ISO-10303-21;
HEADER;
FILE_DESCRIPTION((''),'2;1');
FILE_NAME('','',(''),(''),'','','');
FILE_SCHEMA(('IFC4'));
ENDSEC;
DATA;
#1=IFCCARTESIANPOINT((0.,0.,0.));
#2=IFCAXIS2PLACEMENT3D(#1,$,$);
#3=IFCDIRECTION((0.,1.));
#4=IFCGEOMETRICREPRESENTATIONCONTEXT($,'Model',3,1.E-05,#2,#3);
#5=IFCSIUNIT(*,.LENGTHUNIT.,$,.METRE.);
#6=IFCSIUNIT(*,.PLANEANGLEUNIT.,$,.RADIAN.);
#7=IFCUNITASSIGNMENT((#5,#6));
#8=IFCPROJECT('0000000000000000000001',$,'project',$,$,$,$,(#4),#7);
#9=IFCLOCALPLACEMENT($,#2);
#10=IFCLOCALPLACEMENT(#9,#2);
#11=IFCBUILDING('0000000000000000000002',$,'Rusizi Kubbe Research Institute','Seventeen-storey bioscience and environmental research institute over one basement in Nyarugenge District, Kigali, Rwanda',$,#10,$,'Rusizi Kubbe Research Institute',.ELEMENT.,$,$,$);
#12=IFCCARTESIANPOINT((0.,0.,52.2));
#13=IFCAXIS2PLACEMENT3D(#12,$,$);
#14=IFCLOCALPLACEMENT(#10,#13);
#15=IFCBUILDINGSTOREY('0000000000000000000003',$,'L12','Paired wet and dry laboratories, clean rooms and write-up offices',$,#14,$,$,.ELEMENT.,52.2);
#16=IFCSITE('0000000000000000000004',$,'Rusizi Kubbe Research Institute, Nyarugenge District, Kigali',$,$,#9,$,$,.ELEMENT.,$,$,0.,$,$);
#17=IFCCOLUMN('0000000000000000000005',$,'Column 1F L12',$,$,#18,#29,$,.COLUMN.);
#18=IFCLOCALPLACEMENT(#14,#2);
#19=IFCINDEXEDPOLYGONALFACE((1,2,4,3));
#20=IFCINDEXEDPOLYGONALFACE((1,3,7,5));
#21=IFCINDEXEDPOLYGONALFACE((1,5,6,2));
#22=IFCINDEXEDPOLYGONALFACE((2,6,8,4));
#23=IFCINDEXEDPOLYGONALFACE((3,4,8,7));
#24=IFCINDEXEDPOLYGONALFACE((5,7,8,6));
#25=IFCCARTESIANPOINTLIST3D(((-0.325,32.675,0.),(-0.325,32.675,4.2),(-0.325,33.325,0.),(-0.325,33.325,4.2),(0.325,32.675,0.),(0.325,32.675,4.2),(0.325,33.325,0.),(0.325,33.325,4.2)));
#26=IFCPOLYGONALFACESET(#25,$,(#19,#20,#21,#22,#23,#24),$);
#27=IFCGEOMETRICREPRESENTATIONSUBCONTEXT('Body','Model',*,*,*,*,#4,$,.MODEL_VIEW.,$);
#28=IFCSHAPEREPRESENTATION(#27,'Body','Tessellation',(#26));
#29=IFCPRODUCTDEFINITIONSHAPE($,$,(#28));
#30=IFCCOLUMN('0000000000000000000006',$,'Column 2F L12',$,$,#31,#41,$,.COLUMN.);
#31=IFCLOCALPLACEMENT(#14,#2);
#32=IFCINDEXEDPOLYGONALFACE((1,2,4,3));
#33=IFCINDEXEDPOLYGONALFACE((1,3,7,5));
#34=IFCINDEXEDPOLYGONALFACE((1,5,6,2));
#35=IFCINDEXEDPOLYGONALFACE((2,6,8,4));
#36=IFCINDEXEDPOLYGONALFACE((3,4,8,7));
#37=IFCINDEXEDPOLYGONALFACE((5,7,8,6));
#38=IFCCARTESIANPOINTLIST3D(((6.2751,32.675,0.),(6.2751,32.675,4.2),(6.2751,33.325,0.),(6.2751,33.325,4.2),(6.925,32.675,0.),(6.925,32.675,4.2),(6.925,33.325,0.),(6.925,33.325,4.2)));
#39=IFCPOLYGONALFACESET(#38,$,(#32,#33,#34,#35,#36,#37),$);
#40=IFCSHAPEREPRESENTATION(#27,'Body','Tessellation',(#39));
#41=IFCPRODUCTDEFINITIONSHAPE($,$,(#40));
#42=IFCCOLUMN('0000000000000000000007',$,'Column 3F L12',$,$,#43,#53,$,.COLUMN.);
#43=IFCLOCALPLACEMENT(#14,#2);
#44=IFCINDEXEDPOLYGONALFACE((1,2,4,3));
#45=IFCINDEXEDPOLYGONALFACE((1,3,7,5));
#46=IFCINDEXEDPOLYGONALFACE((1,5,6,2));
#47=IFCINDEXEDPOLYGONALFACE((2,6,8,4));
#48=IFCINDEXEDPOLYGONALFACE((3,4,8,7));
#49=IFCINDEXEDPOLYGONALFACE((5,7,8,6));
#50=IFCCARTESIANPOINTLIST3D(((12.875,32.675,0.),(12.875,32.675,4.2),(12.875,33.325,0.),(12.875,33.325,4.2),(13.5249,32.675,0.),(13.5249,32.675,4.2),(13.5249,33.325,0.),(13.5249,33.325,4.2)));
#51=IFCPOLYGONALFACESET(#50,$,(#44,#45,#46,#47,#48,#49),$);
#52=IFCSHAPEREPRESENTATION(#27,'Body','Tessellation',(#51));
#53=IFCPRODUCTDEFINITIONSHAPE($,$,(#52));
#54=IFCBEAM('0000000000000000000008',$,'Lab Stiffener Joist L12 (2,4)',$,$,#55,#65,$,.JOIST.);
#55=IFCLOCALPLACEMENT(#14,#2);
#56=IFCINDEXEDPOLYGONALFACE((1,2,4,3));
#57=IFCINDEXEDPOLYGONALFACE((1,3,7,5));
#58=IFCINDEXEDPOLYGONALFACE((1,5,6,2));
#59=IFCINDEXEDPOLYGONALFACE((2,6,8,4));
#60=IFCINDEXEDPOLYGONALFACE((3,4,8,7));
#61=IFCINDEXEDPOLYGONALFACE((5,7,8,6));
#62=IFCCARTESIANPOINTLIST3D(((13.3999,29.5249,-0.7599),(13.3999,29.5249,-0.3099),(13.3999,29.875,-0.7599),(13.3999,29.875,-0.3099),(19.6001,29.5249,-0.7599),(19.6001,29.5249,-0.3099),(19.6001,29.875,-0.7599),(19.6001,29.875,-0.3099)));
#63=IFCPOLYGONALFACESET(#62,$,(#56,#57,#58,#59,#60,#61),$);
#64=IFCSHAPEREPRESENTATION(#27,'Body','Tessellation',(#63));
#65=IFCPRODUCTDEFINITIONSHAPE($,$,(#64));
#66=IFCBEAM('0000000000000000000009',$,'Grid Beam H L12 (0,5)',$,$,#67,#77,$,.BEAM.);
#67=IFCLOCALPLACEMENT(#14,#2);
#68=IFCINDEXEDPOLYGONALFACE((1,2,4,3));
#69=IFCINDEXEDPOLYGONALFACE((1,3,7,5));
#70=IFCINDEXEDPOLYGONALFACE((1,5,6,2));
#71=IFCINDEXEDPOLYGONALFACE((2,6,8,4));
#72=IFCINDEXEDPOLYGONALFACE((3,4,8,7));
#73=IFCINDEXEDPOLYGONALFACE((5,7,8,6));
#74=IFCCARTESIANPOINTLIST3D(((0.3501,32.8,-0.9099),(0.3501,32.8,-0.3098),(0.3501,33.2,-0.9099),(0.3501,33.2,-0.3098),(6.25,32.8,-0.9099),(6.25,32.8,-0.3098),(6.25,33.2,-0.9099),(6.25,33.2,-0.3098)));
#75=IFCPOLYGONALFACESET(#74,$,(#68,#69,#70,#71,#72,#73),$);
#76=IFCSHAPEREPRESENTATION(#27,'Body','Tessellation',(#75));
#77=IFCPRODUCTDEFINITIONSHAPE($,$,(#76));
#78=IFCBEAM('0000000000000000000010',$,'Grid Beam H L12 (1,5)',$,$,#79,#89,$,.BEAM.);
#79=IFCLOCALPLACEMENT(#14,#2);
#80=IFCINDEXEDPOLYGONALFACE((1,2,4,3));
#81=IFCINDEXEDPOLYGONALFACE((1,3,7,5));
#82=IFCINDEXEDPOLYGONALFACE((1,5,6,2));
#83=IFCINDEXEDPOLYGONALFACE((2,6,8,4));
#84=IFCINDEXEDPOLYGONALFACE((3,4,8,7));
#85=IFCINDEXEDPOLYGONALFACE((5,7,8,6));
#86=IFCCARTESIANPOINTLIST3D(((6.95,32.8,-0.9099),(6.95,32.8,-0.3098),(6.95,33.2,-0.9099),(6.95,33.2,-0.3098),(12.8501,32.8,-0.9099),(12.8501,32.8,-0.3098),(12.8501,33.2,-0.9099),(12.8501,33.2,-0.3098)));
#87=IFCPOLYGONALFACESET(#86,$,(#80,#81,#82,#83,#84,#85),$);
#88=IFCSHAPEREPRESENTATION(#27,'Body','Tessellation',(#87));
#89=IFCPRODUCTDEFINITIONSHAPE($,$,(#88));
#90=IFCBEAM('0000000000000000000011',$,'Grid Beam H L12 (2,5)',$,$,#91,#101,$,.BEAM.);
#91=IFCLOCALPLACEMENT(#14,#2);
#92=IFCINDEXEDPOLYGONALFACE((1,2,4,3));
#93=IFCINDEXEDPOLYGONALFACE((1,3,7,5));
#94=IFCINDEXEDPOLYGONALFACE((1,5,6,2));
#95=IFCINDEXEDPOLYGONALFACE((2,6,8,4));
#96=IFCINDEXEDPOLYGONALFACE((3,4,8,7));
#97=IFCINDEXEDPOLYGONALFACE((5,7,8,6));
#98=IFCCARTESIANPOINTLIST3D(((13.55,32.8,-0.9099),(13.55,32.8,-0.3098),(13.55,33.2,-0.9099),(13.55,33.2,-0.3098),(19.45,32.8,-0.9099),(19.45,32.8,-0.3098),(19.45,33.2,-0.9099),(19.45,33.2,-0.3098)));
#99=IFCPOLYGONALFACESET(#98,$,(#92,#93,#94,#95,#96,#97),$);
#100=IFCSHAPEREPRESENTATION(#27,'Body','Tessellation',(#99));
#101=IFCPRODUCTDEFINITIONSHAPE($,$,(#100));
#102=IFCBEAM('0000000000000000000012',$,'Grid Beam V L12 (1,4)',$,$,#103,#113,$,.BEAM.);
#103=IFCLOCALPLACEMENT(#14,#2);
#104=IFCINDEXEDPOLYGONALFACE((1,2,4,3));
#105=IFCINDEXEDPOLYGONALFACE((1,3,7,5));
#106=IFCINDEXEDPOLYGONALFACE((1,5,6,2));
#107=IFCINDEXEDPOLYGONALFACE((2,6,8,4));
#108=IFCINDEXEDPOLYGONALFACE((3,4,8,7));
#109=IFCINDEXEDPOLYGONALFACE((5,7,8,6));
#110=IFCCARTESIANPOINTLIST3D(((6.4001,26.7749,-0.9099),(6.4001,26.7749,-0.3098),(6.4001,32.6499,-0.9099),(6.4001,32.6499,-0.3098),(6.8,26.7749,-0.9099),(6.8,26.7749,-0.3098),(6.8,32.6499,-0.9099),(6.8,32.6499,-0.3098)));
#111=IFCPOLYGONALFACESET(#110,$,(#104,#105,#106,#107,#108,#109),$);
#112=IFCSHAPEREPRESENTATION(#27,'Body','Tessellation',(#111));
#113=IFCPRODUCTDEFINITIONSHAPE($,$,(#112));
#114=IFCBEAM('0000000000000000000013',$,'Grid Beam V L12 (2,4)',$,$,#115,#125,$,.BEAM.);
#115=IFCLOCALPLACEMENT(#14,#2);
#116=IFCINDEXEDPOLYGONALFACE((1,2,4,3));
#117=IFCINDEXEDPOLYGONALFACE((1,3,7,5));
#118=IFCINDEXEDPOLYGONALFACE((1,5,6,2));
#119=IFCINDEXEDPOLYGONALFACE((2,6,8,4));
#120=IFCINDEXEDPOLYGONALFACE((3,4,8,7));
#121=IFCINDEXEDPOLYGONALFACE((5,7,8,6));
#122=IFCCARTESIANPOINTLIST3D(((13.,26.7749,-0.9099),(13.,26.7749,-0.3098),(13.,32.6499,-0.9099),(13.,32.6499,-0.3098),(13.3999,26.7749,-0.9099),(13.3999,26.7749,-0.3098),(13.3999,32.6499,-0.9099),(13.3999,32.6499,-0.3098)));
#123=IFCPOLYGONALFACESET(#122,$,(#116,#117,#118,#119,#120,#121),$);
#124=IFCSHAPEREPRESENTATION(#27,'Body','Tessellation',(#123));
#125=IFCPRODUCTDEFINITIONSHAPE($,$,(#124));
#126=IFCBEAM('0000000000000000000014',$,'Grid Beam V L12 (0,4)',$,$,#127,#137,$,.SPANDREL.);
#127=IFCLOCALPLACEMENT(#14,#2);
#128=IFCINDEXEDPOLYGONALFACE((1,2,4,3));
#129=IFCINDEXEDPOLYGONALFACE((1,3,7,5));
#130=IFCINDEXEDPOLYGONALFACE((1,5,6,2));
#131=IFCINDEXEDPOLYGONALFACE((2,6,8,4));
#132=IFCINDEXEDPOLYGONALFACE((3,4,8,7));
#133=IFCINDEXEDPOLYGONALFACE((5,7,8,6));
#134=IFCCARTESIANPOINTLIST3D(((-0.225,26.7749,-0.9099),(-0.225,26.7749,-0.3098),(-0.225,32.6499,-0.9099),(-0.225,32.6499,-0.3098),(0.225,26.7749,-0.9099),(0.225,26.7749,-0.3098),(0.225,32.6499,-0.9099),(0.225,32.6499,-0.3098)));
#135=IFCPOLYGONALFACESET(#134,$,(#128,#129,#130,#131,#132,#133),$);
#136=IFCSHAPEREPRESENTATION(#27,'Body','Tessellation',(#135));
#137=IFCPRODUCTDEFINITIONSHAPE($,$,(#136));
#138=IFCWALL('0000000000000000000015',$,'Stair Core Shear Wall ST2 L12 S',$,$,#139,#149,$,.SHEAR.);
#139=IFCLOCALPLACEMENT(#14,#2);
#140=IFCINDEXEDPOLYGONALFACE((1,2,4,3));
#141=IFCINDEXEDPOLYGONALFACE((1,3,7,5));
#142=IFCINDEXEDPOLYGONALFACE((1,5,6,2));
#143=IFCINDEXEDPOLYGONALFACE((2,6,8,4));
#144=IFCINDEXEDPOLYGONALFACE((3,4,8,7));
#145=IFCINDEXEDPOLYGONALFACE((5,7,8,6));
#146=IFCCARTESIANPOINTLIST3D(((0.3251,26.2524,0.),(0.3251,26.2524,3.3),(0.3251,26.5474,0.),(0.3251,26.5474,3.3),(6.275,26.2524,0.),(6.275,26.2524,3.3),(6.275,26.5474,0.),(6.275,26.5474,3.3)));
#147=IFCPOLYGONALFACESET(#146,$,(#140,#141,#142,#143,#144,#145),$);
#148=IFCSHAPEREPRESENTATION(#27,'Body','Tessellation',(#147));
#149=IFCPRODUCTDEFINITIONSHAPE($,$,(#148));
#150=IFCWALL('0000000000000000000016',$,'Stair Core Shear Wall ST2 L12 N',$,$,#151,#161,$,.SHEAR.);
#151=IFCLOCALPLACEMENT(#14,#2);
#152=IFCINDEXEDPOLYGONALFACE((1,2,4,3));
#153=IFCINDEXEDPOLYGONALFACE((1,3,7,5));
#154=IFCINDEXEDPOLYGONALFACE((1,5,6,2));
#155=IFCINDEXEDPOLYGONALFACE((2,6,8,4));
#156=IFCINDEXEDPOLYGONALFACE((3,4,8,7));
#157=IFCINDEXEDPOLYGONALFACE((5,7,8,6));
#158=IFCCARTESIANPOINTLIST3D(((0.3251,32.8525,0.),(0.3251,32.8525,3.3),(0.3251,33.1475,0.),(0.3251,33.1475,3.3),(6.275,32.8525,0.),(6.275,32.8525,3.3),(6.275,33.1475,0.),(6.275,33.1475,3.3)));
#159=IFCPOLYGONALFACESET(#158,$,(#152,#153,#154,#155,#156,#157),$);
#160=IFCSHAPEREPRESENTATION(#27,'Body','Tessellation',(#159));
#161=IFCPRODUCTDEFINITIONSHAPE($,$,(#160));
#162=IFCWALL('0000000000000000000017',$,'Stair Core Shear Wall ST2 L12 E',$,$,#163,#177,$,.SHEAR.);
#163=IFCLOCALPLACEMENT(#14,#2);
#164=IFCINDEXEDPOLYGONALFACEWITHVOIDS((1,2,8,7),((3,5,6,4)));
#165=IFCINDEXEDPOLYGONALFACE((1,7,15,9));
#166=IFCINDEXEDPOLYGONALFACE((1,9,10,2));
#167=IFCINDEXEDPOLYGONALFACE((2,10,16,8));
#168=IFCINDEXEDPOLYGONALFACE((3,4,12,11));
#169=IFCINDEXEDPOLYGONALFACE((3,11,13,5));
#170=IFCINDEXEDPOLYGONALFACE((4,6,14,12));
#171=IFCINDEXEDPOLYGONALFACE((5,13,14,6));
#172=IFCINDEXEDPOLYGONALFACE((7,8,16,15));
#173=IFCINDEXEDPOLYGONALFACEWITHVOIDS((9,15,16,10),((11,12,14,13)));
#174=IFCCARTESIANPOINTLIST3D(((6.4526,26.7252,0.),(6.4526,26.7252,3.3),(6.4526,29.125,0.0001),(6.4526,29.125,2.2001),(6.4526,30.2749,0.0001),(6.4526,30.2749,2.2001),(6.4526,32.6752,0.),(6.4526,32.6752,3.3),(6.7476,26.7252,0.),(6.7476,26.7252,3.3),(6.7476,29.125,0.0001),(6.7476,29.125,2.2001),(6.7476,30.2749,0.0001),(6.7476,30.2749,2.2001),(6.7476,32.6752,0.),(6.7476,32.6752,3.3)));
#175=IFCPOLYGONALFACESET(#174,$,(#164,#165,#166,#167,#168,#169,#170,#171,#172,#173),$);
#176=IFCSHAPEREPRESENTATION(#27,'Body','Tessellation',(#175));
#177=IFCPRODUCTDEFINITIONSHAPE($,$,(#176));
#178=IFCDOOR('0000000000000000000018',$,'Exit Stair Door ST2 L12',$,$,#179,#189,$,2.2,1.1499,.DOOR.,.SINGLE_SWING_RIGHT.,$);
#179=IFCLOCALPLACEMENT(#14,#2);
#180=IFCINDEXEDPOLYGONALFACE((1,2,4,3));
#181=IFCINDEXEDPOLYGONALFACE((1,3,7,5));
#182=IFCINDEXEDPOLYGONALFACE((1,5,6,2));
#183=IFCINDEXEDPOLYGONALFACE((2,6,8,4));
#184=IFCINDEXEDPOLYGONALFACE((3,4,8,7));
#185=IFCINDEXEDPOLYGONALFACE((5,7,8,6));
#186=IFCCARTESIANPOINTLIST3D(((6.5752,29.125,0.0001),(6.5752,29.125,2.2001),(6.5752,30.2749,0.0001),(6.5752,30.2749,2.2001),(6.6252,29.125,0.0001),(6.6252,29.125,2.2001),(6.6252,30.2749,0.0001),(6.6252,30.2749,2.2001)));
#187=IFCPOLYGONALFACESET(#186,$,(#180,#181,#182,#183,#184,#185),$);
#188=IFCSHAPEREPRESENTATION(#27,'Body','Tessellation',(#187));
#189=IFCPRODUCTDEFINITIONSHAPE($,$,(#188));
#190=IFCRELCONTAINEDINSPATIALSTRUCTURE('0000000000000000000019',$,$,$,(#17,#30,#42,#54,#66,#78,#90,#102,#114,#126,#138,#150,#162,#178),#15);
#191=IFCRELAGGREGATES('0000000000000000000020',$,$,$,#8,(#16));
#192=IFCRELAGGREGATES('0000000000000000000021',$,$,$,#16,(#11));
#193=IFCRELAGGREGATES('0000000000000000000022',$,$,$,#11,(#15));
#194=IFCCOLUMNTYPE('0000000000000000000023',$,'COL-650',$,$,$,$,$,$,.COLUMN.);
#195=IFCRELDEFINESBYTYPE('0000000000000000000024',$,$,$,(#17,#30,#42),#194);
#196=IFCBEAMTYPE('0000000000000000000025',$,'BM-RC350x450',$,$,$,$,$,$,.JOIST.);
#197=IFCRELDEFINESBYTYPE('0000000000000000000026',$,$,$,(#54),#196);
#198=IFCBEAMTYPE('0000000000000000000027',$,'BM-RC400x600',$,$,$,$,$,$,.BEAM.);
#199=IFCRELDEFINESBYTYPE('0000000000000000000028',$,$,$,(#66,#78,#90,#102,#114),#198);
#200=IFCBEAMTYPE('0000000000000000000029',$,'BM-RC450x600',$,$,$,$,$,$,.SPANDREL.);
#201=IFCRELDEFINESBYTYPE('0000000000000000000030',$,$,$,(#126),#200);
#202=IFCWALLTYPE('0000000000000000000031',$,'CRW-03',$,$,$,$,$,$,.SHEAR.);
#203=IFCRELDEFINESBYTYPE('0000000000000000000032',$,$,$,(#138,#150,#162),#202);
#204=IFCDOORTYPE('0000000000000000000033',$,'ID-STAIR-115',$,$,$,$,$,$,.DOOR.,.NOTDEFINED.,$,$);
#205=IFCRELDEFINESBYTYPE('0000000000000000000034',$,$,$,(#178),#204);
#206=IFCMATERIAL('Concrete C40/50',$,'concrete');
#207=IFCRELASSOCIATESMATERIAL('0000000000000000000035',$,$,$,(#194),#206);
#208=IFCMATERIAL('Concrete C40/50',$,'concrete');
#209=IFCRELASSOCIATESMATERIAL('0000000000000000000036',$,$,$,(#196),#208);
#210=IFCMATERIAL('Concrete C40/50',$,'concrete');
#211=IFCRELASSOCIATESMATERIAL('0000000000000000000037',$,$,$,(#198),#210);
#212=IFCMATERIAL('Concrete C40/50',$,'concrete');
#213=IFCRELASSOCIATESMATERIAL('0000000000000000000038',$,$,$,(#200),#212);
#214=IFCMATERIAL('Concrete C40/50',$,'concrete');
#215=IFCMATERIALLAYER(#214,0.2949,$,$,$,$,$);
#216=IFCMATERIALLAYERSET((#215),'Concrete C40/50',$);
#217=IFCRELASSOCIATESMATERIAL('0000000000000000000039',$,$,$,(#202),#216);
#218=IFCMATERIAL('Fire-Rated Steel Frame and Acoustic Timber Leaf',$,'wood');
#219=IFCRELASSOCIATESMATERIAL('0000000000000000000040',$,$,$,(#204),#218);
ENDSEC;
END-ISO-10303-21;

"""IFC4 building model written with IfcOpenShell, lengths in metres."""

from ifc_helpers import new_model, si_unit, direction, frame, frame_2d, origin, origin_2d, place, context, subcontext, project, spatial, rectangle, extrude, material, layer, layer_set, material_profile, profile_set, type_object, element, fill, save


model = new_model("IFC4")

# Units and contexts
model_context = context("Model", 3, precision=1e-05, world=origin(), true_north=direction((0.0, 1.0)))
body_context = subcontext(model_context, "Body", "Model", "MODEL_VIEW")
ifc_project = project(units=[si_unit("LENGTHUNIT", "METRE"), si_unit("PLANEANGLEUNIT", "RADIAN")], contexts=[model_context])

# Site, building, storey
site_placement = place(None, origin())
site = spatial("IfcSite", under=ifc_project, at=site_placement, Name="Rusizi Kubbe Research Institute, Nyarugenge District, Kigali", CompositionType="ELEMENT", RefElevation=0.0)
building_placement = place(site_placement, origin())
building = spatial("IfcBuilding", under=site, at=building_placement, Name="Rusizi Kubbe Research Institute", Description="Seventeen-storey bioscience and environmental research institute over one basement in Nyarugenge District, Kigali, Rwanda", LongName="Rusizi Kubbe Research Institute", CompositionType="ELEMENT")
storey_placement = place(building_placement, frame((0.0, 0.0, 52.2)))
storey = spatial("IfcBuildingStorey", under=building, at=storey_placement, Name="L12", Description="Paired wet and dry laboratories, clean rooms and write-up offices", CompositionType="ELEMENT", Elevation=52.2)

# Columns
ifc_material_1 = material(Name="Concrete C40/50", Category="concrete")
ifc_material_profile_1 = material_profile(ifc_material_1, rectangle(XDim=0.6499, YDim=0.6499, at=origin_2d()), Name="RC650x650")
ifc_profile_set_1 = profile_set([ifc_material_profile_1], Name="Concrete C40/50")
column_type = type_object("IfcColumnType", Name="COL-650", PredefinedType="COLUMN", material=ifc_profile_set_1)
for number, where, z_axis, x_axis, name in (
    (1, (0.0, 33.0, 0.0), (0.0, 0.0, 1.0), (1.0, 0.0, 0.0), "Column 1F L12"),
    (2, (6.6001, 33.0, 0.0), (0.0, 0.0, 1.0), (1.0, 0.0, 0.0), "Column 2F L12"),
    (3, (13.2, 33.0, 0.0), (0.0, 0.0, 1.0), (1.0, 0.0, 0.0), "Column 3F L12"),
):
    element("IfcColumn", number, at=place(storey_placement, frame(where, z_axis=z_axis, x_axis=x_axis)), inside=storey, type_object=column_type, Name=name, PredefinedType="COLUMN", context=body_context, shape_type="SweptSolid", body=[
        extrude(rectangle(XDim=0.6499, YDim=0.6499, at=origin_2d()), origin(), (0.0, 0.0, 1.0), 4.2),
    ])

# Beams
ifc_material_2 = material(Name="Concrete C40/50", Category="concrete")
ifc_material_profile_2 = material_profile(ifc_material_2, rectangle(XDim=0.3501, YDim=0.45, at=origin_2d()), Name="RC350x450")
ifc_profile_set_2 = profile_set([ifc_material_profile_2], Name="Concrete C40/50")
beam_type_1 = type_object("IfcBeamType", Name="BM-RC350x450", PredefinedType="JOIST", material=ifc_profile_set_2)
beam_1_placement = place(storey_placement, frame((13.3999, 29.7, -0.5349), z_axis=(1.0, 0.0, 0.0), x_axis=(0.0, 1.0, 0.0)))
element("IfcBeam", 4, at=beam_1_placement, inside=storey, type_object=beam_type_1, Name="Lab Stiffener Joist L12 (2,4)", PredefinedType="JOIST", context=body_context, shape_type="SweptSolid", body=[
    extrude(rectangle(XDim=0.3501, YDim=0.45, at=origin_2d()), origin(), (0.0, 0.0, 1.0), 6.2002),
])
ifc_material_3 = material(Name="Concrete C40/50", Category="concrete")
ifc_material_profile_3 = material_profile(ifc_material_3, rectangle(XDim=0.3999, YDim=0.6001, at=origin_2d()), Name="RC400x600")
ifc_profile_set_3 = profile_set([ifc_material_profile_3], Name="Concrete C40/50")
beam_type_2 = type_object("IfcBeamType", Name="BM-RC400x600", PredefinedType="BEAM", material=ifc_profile_set_3)
beam_2_placement = place(storey_placement, frame((0.3501, 33.0, -0.6099), z_axis=(1.0, 0.0, 0.0), x_axis=(0.0, 1.0, 0.0)))
element("IfcBeam", 5, at=beam_2_placement, inside=storey, type_object=beam_type_2, Name="Grid Beam H L12 (0,5)", PredefinedType="BEAM", context=body_context, shape_type="SweptSolid", body=[
    extrude(rectangle(XDim=0.3999, YDim=0.6001, at=origin_2d()), origin(), (0.0, 0.0, 1.0), 5.8999),
])
beam_3_placement = place(storey_placement, frame((6.95, 33.0, -0.6099), z_axis=(1.0, 0.0, 0.0), x_axis=(0.0, 1.0, 0.0)))
element("IfcBeam", 6, at=beam_3_placement, inside=storey, type_object=beam_type_2, Name="Grid Beam H L12 (1,5)", PredefinedType="BEAM", context=body_context, shape_type="SweptSolid", body=[
    extrude(rectangle(XDim=0.3999, YDim=0.6001, at=origin_2d()), origin(), (0.0, 0.0, 1.0), 5.9001),
])
beam_4_placement = place(storey_placement, frame((13.55, 33.0, -0.6099), z_axis=(1.0, 0.0, 0.0), x_axis=(0.0, 1.0, 0.0)))
element("IfcBeam", 7, at=beam_4_placement, inside=storey, type_object=beam_type_2, Name="Grid Beam H L12 (2,5)", PredefinedType="BEAM", context=body_context, shape_type="SweptSolid", body=[
    extrude(rectangle(XDim=0.3999, YDim=0.6001, at=origin_2d()), origin(), (0.0, 0.0, 1.0), 5.8999),
])
for number, where, z_axis, x_axis, name in (
    (8, (6.6001, 26.7749, -0.6099), (0.0, 1.0, 0.0), (-1.0, 0.0, 0.0), "Grid Beam V L12 (1,4)"),
    (9, (13.2, 26.7749, -0.6099), (0.0, 1.0, 0.0), (-1.0, 0.0, 0.0), "Grid Beam V L12 (2,4)"),
):
    element("IfcBeam", number, at=place(storey_placement, frame(where, z_axis=z_axis, x_axis=x_axis)), inside=storey, type_object=beam_type_2, Name=name, PredefinedType="BEAM", context=body_context, shape_type="SweptSolid", body=[
        extrude(rectangle(XDim=0.3999, YDim=0.6001, at=origin_2d()), origin(), (0.0, 0.0, 1.0), 5.875),
    ])
ifc_material_4 = material(Name="Concrete C40/50", Category="concrete")
ifc_material_profile_4 = material_profile(ifc_material_4, rectangle(XDim=0.45, YDim=0.6001, at=origin_2d()), Name="RC450x600")
ifc_profile_set_4 = profile_set([ifc_material_profile_4], Name="Concrete C40/50")
beam_type_3 = type_object("IfcBeamType", Name="BM-RC450x600", PredefinedType="SPANDREL", material=ifc_profile_set_4)
beam_5_placement = place(storey_placement, frame((0.0, 26.7749, -0.6099), z_axis=(0.0, 1.0, 0.0), x_axis=(-1.0, 0.0, 0.0)))
element("IfcBeam", 10, at=beam_5_placement, inside=storey, type_object=beam_type_3, Name="Grid Beam V L12 (0,4)", PredefinedType="SPANDREL", context=body_context, shape_type="SweptSolid", body=[
    extrude(rectangle(XDim=0.45, YDim=0.6001, at=origin_2d()), origin(), (0.0, 0.0, 1.0), 5.875),
])

# Walls
ifc_material_5 = material(Name="Concrete C40/50", Category="concrete")
ifc_layer_1 = layer(ifc_material_5, 0.2949)
ifc_layer_set_1 = layer_set([ifc_layer_1], Name="Concrete C40/50")
wall_type_1 = type_object("IfcWallType", Name="CRW-03", PredefinedType="SHEAR", material=ifc_layer_set_1)
for number, where, z_axis, x_axis, name in (
    (11, (0.325, 26.3999, 0.0), (0.0, 0.0, 1.0), (1.0, 0.0, 0.0), "Stair Core Shear Wall ST2 L12 S"),
    (12, (0.325, 33.0, 0.0), (0.0, 0.0, 1.0), (1.0, 0.0, 0.0), "Stair Core Shear Wall ST2 L12 N"),
):
    element("IfcWall", number, at=place(storey_placement, frame(where, z_axis=z_axis, x_axis=x_axis)), inside=storey, type_object=wall_type_1, Name=name, PredefinedType="SHEAR", context=body_context, shape_type="SweptSolid", body=[
        extrude(rectangle(XDim=5.95, YDim=0.2949, at=frame_2d((2.9751, 0.0))), origin(), (0.0, 0.0, 1.0), 3.3),
    ])

# Wall, opening, door
wall_1_placement = place(storey_placement, frame((6.6001, 26.7251, 0.0), z_axis=(0.0, 0.0, 1.0), x_axis=(0.0, 1.0, 0.0)))
wall_1 = element("IfcWall", 13, at=wall_1_placement, inside=storey, type_object=wall_type_1, Name="Stair Core Shear Wall ST2 L12 E", PredefinedType="SHEAR", context=body_context, shape_type="SweptSolid", body=[
    extrude(rectangle(XDim=5.95, YDim=0.2949, at=frame_2d((2.9751, 0.0))), origin(), (0.0, 0.0, 1.0), 3.3),
])
opening_1_placement = place(wall_1_placement, frame((2.3999, 0.0, 0.0)))
opening_1 = element("IfcOpeningElement", 14, at=opening_1_placement, cuts=wall_1, PredefinedType="OPENING", context=body_context, shape_type="SweptSolid", body=[
    extrude(rectangle(XDim=1.1499, YDim=2.2, at=frame_2d((0.575, 1.1001))), frame((0.0, 0.1575, 0.0), z_axis=(0.0, -1.0, 0.0), x_axis=(1.0, 0.0, 0.0)), (0.0, 0.0, 1.0), 0.3149),
])
ifc_material_6 = material(Name="Fire-Rated Steel Frame and Acoustic Timber Leaf", Category="wood")
door_type_1 = type_object("IfcDoorType", Name="ID-STAIR-115", OperationType="NOTDEFINED", PredefinedType="DOOR", material=ifc_material_6)
door_1_placement = place(opening_1_placement, origin())
door_1 = element("IfcDoor", 15, at=door_1_placement, inside=storey, type_object=door_type_1, Name="Exit Stair Door ST2 L12", OperationType="SINGLE_SWING_RIGHT", OverallHeight=2.2, OverallWidth=1.1499, PredefinedType="DOOR", context=body_context, shape_type="SweptSolid", body=[
    extrude(rectangle(XDim=1.1499, YDim=2.2, at=frame_2d((0.575, 1.1001))), frame((0.0, 0.0249, 0.0), z_axis=(0.0, -1.0, 0.0), x_axis=(1.0, 0.0, 0.0)), (0.0, 0.0, 1.0), 0.05),
])
fill(opening_1, door_1)

save(model, "model.ifc")
